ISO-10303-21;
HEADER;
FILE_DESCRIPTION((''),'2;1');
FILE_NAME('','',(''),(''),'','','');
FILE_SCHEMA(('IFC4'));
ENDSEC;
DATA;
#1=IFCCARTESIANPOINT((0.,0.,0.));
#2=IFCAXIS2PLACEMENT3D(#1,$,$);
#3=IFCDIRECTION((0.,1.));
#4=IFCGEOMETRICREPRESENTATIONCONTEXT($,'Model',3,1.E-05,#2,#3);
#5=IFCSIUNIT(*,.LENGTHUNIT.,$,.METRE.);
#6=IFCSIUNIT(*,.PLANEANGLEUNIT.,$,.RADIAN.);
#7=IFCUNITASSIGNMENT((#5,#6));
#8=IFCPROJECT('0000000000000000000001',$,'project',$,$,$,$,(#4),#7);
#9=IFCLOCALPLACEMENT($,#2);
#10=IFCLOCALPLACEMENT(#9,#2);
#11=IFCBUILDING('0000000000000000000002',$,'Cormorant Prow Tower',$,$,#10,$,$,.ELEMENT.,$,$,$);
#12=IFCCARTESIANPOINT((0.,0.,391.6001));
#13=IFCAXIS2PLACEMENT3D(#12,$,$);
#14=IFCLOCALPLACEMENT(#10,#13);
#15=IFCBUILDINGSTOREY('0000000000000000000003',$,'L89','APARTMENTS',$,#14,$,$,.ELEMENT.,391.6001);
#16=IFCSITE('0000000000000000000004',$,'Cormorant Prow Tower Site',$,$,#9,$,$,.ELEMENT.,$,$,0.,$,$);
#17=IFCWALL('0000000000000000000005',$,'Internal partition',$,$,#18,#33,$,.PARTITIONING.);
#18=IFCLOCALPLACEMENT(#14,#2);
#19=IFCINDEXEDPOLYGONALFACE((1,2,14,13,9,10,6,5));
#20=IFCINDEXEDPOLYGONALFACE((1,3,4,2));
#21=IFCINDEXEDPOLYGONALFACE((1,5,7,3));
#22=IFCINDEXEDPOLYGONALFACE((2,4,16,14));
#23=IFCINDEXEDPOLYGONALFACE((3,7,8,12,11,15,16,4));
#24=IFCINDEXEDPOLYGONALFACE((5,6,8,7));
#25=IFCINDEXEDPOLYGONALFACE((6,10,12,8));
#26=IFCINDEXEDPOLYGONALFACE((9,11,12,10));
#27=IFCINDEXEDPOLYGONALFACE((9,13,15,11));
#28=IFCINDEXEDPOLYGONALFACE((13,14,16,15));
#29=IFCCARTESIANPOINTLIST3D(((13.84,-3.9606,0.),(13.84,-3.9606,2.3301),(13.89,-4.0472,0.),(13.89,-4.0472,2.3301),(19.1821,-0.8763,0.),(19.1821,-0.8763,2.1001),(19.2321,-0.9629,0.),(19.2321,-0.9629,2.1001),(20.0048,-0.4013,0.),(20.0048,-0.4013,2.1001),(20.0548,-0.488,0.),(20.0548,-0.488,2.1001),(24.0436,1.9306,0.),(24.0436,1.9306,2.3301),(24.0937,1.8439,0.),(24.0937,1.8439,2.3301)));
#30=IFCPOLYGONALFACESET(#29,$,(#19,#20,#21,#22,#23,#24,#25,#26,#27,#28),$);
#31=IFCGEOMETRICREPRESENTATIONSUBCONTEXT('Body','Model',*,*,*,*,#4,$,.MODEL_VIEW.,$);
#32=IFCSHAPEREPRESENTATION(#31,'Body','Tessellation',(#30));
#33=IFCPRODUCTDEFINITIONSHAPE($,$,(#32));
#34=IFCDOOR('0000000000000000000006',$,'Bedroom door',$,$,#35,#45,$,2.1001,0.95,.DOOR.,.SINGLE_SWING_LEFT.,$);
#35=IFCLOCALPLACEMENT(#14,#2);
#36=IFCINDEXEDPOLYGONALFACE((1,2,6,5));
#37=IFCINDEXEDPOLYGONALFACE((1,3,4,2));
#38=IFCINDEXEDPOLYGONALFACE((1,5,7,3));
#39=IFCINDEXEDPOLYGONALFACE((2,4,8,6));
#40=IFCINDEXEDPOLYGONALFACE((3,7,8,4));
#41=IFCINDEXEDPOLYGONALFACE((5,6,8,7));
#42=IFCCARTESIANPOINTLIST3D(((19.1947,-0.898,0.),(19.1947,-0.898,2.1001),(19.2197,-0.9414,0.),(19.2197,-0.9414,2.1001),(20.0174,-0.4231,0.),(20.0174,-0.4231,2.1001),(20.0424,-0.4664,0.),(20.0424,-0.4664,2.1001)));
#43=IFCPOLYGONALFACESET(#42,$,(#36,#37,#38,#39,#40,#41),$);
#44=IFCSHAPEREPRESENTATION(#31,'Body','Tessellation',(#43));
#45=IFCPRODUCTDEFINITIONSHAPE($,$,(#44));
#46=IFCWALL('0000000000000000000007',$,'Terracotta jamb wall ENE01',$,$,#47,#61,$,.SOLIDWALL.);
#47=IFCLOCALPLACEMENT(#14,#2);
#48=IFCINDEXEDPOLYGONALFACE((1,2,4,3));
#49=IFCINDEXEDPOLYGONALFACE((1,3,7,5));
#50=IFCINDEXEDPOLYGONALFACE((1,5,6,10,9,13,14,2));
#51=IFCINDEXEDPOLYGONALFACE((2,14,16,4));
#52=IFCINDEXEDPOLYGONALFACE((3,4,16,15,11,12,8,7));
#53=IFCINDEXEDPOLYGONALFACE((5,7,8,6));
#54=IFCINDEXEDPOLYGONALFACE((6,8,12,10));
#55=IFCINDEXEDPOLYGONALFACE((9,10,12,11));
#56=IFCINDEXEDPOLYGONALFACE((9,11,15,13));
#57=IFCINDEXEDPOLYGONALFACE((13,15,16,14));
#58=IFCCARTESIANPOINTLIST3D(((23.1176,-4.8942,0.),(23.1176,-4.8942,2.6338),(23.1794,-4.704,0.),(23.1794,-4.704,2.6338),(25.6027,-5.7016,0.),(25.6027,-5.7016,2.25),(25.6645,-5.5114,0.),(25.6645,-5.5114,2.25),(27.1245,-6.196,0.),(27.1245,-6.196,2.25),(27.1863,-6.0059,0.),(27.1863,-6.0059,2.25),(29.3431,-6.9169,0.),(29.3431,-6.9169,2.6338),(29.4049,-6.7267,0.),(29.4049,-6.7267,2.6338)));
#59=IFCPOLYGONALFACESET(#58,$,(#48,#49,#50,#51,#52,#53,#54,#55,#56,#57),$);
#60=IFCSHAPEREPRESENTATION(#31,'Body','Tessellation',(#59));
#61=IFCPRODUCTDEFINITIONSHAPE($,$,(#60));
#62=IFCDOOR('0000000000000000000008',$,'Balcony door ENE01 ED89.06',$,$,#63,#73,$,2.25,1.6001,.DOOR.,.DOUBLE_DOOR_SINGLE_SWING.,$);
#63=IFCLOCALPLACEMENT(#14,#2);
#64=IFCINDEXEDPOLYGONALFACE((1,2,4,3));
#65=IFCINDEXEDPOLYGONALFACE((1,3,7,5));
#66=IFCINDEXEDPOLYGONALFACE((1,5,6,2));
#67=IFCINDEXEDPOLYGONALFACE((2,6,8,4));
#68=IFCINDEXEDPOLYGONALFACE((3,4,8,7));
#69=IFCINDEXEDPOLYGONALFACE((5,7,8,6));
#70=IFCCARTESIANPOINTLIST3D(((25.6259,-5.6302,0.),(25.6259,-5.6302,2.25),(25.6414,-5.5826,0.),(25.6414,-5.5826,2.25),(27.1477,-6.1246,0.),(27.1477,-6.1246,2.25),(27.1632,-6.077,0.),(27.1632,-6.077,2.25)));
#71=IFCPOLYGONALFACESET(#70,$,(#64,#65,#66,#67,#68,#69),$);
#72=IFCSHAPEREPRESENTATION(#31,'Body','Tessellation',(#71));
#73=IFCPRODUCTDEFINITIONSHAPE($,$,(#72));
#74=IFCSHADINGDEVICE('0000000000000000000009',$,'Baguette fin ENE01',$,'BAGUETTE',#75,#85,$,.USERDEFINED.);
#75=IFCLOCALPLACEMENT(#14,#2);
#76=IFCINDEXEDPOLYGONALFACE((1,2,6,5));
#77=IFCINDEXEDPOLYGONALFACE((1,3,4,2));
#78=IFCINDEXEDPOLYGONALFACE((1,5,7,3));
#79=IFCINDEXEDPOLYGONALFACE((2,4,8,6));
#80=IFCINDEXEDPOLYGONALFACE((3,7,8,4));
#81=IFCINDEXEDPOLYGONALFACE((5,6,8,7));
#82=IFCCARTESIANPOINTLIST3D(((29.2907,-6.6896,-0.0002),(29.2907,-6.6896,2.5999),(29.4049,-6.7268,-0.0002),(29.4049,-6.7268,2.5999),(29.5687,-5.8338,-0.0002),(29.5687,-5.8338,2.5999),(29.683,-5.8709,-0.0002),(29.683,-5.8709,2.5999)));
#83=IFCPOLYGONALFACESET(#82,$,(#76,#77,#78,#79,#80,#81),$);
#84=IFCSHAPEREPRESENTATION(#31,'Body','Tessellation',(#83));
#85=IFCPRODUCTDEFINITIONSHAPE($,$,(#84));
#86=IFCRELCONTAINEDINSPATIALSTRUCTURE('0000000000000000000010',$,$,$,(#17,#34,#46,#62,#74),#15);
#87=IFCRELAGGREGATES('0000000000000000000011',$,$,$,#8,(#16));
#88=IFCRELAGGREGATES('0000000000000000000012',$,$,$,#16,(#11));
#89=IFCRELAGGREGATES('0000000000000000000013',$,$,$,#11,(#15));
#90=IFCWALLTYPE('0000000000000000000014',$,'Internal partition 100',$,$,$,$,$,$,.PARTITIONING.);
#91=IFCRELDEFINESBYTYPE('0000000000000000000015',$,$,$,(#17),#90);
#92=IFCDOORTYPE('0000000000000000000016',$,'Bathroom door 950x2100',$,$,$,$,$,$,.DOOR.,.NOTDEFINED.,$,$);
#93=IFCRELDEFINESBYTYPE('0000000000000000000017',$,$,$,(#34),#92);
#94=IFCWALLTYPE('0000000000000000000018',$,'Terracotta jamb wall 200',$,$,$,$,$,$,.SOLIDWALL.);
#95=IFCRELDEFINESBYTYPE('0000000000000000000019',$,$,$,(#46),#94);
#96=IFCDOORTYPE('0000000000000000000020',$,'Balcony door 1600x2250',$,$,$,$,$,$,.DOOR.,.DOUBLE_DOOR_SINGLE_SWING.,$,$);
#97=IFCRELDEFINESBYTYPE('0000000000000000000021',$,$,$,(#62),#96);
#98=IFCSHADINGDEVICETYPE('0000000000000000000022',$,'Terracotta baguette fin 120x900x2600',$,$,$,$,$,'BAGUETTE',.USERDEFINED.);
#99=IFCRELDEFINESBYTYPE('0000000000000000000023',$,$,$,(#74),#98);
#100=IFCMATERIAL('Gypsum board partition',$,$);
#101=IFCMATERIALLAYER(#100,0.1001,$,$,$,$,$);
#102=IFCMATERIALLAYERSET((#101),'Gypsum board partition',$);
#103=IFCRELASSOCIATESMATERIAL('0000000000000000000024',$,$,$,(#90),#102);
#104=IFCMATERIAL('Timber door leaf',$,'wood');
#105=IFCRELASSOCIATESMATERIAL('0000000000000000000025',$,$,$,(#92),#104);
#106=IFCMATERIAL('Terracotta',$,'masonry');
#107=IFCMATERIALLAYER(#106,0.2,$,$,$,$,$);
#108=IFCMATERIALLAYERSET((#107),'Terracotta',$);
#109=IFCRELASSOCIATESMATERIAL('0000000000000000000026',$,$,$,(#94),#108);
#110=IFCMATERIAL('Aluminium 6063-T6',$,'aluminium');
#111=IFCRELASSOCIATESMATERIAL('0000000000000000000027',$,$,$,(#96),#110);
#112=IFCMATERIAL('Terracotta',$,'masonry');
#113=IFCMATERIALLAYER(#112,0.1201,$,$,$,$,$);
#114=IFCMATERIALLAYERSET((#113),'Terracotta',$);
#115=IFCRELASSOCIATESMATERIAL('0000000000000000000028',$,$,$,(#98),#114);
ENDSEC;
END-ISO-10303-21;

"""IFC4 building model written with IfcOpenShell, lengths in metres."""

from ifc_helpers import new_model, si_unit, direction, frame, frame_2d, origin, origin_2d, place, context, subcontext, project, spatial, rectangle, extrude, material, layer, layer_set, type_object, element, fill, save


model = new_model("IFC4")

# Units and contexts
model_context = context("Model", 3, precision=1e-05, world=origin(), true_north=direction((0.0, 1.0)))
body_context = subcontext(model_context, "Body", "Model", "MODEL_VIEW")
ifc_project = project(units=[si_unit("LENGTHUNIT", "METRE"), si_unit("PLANEANGLEUNIT", "RADIAN")], contexts=[model_context])

# Site, building, storey
site_placement = place(None, origin())
site = spatial("IfcSite", under=ifc_project, at=site_placement, Name="Cormorant Prow Tower Site", CompositionType="ELEMENT", RefElevation=0.0)
building_placement = place(site_placement, origin())
building = spatial("IfcBuilding", under=site, at=building_placement, Name="Cormorant Prow Tower", CompositionType="ELEMENT")
storey_placement = place(building_placement, frame((0.0, 0.0, 391.6001)))
storey = spatial("IfcBuildingStorey", under=building, at=storey_placement, Name="L89", Description="APARTMENTS", CompositionType="ELEMENT", Elevation=391.6001)

# Walls, openings, doors
ifc_material_1 = material(Name="Gypsum board partition")
ifc_layer_1 = layer(ifc_material_1, 0.1001)
ifc_layer_set_1 = layer_set([ifc_layer_1], Name="Gypsum board partition")
wall_type_1 = type_object("IfcWallType", Name="Internal partition 100", PredefinedType="PARTITIONING", material=ifc_layer_set_1)
wall_1_placement = place(storey_placement, frame((13.865, -4.0039, 0.0), z_axis=(0.0, 0.0, 1.0), x_axis=(0.866023, 0.500003, 0.0)))
wall_1 = element("IfcWall", 1, at=wall_1_placement, inside=storey, type_object=wall_type_1, Name="Internal partition", PredefinedType="PARTITIONING", context=body_context, shape_type="SweptSolid", body=[
    extrude(rectangle(XDim=11.7822, YDim=0.1001, at=frame_2d((5.8911, 0.0))), origin(), (0.0, 0.0, 1.0), 2.3301),
])
opening_1_placement = place(wall_1_placement, frame((6.1685, 0.0, 0.0)))
opening_1 = element("IfcOpeningElement", 2, at=opening_1_placement, cuts=wall_1, PredefinedType="OPENING", context=body_context, shape_type="SweptSolid", body=[
    extrude(rectangle(XDim=0.95, YDim=2.1001, at=frame_2d((0.4751, 1.05))), frame((0.0, 0.0601, 0.0), z_axis=(0.0, -1.0, 0.0), x_axis=(1.0, 0.0, 0.0)), (0.0, 0.0, 1.0), 0.1201),
])
ifc_material_2 = material(Name="Timber door leaf", Category="wood")
door_type_1 = type_object("IfcDoorType", Name="Bathroom door 950x2100", OperationType="NOTDEFINED", PredefinedType="DOOR", material=ifc_material_2)
door_1_placement = place(opening_1_placement, origin())
door_1 = element("IfcDoor", 3, at=door_1_placement, inside=storey, type_object=door_type_1, Name="Bedroom door", OperationType="SINGLE_SWING_LEFT", OverallHeight=2.1001, OverallWidth=0.95, PredefinedType="DOOR", context=body_context, shape_type="SweptSolid", body=[
    extrude(rectangle(XDim=0.95, YDim=2.1001, at=frame_2d((0.4751, 1.05))), frame((0.0, 0.0249, 0.0), z_axis=(0.0, -1.0, 0.0), x_axis=(1.0, 0.0, 0.0)), (0.0, 0.0, 1.0), 0.05),
])
fill(opening_1, door_1)
ifc_material_3 = material(Name="Terracotta", Category="masonry")
ifc_layer_2 = layer(ifc_material_3, 0.2)
ifc_layer_set_2 = layer_set([ifc_layer_2], Name="Terracotta")
wall_type_2 = type_object("IfcWallType", Name="Terracotta jamb wall 200", PredefinedType="SOLIDWALL", material=ifc_layer_set_2)
wall_2_placement = place(storey_placement, frame((29.374, -6.8218, 0.0), z_axis=(0.0, 0.0, 1.0), x_axis=(-0.951061, 0.309002, 0.0)))
wall_2 = element("IfcWall", 4, at=wall_2_placement, inside=storey, type_object=wall_type_2, Name="Terracotta jamb wall ENE01", PredefinedType="SOLIDWALL", context=body_context, shape_type="SweptSolid", body=[
    extrude(rectangle(XDim=6.5459, YDim=0.2, at=frame_2d((3.2729, 0.0))), origin(), (0.0, 0.0, 1.0), 2.6338),
])
opening_2_placement = place(wall_2_placement, frame((2.3328, 0.0, 0.0)))
opening_2 = element("IfcOpeningElement", 5, at=opening_2_placement, cuts=wall_2, PredefinedType="OPENING", context=body_context, shape_type="SweptSolid", body=[
    extrude(rectangle(XDim=1.6001, YDim=2.25, at=frame_2d((0.8, 1.125))), frame((0.0, 0.1099, 0.0), z_axis=(0.0, -1.0, 0.0), x_axis=(1.0, 0.0, 0.0)), (0.0, 0.0, 1.0), 0.22),
])
ifc_material_4 = material(Name="Aluminium 6063-T6", Category="aluminium")
door_type_2 = type_object("IfcDoorType", Name="Balcony door 1600x2250", OperationType="DOUBLE_DOOR_SINGLE_SWING", PredefinedType="DOOR", material=ifc_material_4)
door_2_placement = place(opening_2_placement, origin())
door_2 = element("IfcDoor", 6, at=door_2_placement, inside=storey, type_object=door_type_2, Name="Balcony door ENE01 ED89.06", OperationType="DOUBLE_DOOR_SINGLE_SWING", OverallHeight=2.25, OverallWidth=1.6001, PredefinedType="DOOR", context=body_context, shape_type="SweptSolid", body=[
    extrude(rectangle(XDim=1.6001, YDim=2.25, at=frame_2d((0.8, 1.125))), frame((0.0, 0.0249, 0.0), z_axis=(0.0, -1.0, 0.0), x_axis=(1.0, 0.0, 0.0)), (0.0, 0.0, 1.0), 0.05),
])
fill(opening_2, door_2)

# Shading device
ifc_material_5 = material(Name="Terracotta", Category="masonry")
ifc_layer_3 = layer(ifc_material_5, 0.1201)
ifc_layer_set_3 = layer_set([ifc_layer_3], Name="Terracotta")
shading_device_type = type_object("IfcShadingDeviceType", Name="Terracotta baguette fin 120x900x2600", ElementType="BAGUETTE", PredefinedType="USERDEFINED", material=ifc_layer_set_3)
shading_device_placement = place(storey_placement, frame((29.4868, -6.2803, -0.0002), z_axis=(0.0, 0.0, 1.0), x_axis=(-0.951056, 0.309017, 0.0)))
element("IfcShadingDevice", 7, at=shading_device_placement, inside=storey, type_object=shading_device_type, Name="Baguette fin ENE01", ObjectType="BAGUETTE", PredefinedType="USERDEFINED", context=body_context, shape_type="SweptSolid", body=[
    extrude(rectangle(XDim=0.1201, YDim=0.8999, at=origin_2d()), origin(), (0.0, 0.0, 1.0), 2.6001),
])

save(model, "model.ifc")
